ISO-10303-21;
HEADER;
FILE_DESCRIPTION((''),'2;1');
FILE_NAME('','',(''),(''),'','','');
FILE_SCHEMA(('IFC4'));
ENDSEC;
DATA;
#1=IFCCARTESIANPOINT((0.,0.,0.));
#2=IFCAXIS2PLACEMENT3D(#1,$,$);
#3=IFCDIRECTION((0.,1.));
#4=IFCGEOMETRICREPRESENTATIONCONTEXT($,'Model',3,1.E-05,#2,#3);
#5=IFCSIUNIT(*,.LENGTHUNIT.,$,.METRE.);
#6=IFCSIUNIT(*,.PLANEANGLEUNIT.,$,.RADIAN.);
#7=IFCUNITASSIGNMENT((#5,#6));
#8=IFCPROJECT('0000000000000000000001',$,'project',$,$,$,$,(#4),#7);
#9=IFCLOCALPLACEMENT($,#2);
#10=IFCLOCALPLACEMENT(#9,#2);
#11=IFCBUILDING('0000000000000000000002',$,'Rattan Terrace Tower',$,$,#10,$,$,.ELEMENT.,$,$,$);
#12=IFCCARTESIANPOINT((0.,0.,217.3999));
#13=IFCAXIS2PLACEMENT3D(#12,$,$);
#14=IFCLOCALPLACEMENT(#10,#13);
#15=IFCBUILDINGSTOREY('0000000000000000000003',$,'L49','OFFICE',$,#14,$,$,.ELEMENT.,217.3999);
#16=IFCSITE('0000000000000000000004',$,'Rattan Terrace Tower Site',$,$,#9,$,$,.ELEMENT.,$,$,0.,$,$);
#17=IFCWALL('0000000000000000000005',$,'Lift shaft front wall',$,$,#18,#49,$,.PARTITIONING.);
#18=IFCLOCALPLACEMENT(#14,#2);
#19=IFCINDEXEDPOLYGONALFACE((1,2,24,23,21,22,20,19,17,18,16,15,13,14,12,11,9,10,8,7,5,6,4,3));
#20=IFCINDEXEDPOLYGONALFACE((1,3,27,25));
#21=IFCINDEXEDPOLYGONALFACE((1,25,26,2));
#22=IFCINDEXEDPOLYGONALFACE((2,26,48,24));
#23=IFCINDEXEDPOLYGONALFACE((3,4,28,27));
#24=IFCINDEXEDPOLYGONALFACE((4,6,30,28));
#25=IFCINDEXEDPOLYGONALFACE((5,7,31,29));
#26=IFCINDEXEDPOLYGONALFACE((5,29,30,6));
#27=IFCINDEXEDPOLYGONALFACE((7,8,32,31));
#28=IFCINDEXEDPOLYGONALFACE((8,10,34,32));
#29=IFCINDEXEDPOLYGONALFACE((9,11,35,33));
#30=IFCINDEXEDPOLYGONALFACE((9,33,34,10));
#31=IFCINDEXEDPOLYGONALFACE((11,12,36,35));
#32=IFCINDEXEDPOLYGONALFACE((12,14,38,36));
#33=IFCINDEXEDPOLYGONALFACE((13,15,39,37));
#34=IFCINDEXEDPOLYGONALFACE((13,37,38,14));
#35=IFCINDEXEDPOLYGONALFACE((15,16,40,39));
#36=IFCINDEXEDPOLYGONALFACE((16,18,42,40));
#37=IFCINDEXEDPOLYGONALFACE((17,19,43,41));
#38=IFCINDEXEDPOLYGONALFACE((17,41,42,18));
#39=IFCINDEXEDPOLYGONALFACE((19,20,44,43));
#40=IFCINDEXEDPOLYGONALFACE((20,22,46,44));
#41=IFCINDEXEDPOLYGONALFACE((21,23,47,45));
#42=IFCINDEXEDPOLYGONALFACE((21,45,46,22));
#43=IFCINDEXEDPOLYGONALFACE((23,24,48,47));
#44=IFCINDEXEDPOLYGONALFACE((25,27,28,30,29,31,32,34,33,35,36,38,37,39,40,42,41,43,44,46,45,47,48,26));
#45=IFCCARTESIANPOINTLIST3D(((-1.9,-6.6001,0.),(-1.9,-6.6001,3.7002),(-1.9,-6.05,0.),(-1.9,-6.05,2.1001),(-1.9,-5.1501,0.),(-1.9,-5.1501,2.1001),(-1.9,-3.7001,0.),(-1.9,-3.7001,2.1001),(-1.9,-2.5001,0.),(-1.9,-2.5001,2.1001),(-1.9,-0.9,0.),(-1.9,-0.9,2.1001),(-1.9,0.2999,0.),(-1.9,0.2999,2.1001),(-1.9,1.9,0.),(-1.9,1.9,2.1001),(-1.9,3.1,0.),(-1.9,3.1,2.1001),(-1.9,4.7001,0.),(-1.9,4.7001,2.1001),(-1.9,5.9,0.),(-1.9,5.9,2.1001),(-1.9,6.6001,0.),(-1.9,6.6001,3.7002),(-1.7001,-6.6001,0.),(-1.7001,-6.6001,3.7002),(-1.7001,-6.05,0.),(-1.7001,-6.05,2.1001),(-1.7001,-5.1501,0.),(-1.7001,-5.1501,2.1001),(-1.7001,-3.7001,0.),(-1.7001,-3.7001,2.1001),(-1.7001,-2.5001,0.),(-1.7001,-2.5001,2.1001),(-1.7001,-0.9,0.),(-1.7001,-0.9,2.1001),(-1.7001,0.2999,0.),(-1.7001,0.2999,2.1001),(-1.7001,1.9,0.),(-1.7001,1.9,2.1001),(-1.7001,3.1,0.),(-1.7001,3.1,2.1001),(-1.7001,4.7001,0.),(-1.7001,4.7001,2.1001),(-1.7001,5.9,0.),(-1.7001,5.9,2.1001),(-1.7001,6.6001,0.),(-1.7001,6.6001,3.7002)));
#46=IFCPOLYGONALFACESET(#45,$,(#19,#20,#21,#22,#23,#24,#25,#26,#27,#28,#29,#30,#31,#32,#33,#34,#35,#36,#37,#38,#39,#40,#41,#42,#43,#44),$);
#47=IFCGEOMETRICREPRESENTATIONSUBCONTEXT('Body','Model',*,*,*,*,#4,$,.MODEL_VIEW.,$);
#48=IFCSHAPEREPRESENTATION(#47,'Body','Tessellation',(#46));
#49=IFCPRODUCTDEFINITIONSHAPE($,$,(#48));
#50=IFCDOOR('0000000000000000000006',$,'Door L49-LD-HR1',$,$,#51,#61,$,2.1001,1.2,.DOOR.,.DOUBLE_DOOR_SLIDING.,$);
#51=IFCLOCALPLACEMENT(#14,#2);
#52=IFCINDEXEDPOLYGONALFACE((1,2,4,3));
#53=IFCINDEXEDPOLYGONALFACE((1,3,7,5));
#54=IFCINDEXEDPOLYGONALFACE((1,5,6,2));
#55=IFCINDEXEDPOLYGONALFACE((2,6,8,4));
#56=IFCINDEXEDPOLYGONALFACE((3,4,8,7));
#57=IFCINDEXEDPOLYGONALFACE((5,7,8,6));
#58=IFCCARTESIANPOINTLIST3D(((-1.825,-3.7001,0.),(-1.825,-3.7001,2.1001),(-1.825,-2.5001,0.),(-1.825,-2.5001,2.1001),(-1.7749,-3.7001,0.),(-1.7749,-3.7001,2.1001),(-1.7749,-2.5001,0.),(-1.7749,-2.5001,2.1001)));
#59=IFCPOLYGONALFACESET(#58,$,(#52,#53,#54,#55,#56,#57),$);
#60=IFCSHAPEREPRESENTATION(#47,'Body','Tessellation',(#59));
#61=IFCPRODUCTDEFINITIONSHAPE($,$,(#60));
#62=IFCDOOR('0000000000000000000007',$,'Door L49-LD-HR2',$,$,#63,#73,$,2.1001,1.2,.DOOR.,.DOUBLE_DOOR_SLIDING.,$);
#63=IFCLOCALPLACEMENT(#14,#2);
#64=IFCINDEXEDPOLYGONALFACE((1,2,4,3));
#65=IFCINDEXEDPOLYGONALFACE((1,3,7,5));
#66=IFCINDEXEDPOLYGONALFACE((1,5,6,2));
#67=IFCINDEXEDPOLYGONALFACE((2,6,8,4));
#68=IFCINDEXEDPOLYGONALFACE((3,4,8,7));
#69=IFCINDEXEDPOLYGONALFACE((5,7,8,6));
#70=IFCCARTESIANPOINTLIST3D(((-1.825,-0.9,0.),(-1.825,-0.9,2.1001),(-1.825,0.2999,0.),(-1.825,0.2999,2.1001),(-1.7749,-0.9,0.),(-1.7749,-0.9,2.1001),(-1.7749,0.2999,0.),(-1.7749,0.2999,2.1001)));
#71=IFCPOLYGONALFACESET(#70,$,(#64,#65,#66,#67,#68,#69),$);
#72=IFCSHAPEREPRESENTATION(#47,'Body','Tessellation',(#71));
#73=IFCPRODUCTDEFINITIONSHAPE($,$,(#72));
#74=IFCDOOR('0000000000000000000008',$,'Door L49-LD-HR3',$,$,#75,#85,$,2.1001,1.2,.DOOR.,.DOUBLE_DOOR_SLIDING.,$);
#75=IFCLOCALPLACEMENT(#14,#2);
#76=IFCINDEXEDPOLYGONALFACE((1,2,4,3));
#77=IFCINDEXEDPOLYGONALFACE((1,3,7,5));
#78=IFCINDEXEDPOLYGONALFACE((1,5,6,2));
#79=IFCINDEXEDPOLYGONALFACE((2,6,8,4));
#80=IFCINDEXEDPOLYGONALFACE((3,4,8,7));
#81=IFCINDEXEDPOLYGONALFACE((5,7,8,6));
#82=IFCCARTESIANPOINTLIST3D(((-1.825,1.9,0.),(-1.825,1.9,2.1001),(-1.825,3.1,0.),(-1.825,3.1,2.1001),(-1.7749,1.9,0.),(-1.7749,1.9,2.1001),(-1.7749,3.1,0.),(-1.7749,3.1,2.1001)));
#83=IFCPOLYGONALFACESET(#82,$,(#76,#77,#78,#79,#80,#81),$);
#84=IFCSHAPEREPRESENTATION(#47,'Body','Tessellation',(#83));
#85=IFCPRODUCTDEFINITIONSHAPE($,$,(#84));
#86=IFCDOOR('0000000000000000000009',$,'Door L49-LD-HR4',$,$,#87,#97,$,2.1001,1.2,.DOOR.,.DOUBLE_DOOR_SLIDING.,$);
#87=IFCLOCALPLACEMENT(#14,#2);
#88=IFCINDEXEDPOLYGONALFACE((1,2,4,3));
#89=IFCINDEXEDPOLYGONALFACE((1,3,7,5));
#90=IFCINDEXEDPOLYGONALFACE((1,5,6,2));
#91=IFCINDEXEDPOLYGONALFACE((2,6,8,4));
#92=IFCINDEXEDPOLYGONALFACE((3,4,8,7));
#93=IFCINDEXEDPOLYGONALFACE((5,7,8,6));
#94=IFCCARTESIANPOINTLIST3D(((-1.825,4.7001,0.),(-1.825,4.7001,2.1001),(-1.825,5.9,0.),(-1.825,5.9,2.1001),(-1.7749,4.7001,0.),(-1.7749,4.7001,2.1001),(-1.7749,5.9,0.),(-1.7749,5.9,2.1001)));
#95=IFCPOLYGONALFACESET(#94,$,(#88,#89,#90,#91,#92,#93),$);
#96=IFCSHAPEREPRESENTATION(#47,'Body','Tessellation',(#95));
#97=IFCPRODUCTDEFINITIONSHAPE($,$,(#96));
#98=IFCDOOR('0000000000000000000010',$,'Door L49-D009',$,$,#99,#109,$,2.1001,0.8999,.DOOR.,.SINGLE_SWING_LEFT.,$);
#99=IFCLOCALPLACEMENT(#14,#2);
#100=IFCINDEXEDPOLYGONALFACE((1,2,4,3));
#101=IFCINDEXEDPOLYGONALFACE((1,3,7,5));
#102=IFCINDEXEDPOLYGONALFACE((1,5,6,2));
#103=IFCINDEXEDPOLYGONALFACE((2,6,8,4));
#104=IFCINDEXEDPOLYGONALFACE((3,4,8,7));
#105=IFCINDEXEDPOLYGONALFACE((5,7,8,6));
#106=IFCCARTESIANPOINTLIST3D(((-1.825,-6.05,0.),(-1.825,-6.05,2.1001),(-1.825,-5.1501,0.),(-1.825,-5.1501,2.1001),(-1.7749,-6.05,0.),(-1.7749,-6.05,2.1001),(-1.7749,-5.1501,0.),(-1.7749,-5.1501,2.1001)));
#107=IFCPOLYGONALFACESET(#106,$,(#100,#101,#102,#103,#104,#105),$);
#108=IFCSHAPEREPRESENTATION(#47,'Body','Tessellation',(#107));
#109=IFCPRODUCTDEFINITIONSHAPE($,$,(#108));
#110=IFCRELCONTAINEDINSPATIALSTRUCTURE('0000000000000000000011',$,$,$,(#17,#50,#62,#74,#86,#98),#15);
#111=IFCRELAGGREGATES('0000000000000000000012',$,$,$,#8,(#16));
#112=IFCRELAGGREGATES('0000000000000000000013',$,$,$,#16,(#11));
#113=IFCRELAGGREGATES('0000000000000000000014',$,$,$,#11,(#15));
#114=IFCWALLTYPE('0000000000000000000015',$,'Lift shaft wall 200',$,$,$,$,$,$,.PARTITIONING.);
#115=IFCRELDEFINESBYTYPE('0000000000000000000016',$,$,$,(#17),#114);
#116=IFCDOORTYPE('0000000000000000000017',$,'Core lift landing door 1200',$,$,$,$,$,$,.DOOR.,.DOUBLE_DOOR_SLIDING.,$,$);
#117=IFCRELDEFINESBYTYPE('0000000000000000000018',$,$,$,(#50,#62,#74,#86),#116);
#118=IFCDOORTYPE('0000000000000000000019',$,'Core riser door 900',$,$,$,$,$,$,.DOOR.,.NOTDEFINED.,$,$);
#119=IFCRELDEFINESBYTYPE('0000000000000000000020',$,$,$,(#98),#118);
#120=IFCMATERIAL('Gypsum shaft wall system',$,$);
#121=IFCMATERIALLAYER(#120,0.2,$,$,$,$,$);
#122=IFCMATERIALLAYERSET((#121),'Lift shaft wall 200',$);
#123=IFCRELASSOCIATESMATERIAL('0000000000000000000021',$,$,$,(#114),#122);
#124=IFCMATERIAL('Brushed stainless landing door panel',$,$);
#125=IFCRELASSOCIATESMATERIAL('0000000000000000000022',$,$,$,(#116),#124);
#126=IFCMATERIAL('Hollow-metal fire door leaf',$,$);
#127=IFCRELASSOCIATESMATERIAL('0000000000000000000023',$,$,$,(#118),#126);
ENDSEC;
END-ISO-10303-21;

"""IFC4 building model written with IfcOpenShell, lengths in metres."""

from ifc_helpers import new_model, si_unit, direction, frame, frame_2d, origin, place, context, subcontext, project, spatial, rectangle, extrude, material, layer, layer_set, type_object, element, fill, save


model = new_model("IFC4")

# Units and contexts
model_context = context("Model", 3, precision=1e-05, world=origin(), true_north=direction((0.0, 1.0)))
body_context = subcontext(model_context, "Body", "Model", "MODEL_VIEW")
ifc_project = project(units=[si_unit("LENGTHUNIT", "METRE"), si_unit("PLANEANGLEUNIT", "RADIAN")], contexts=[model_context])

# Site, building, storey
site_placement = place(None, origin())
site = spatial("IfcSite", under=ifc_project, at=site_placement, Name="Rattan Terrace Tower Site", CompositionType="ELEMENT", RefElevation=0.0)
building_placement = place(site_placement, origin())
building = spatial("IfcBuilding", under=site, at=building_placement, Name="Rattan Terrace Tower", CompositionType="ELEMENT")
storey_placement = place(building_placement, frame((0.0, 0.0, 217.3999)))
storey = spatial("IfcBuildingStorey", under=building, at=storey_placement, Name="L49", Description="OFFICE", CompositionType="ELEMENT", Elevation=217.3999)

# Wall, openings, doors
ifc_material_1 = material(Name="Gypsum shaft wall system")
ifc_layer_1 = layer(ifc_material_1, 0.2)
ifc_layer_set_1 = layer_set([ifc_layer_1], Name="Lift shaft wall 200")
wall_type_1 = type_object("IfcWallType", Name="Lift shaft wall 200", PredefinedType="PARTITIONING", material=ifc_layer_set_1)
wall_1_placement = place(storey_placement, frame((-1.8, -6.6001, 0.0), z_axis=(0.0, 0.0, 1.0), x_axis=(0.0, 1.0, 0.0)))
wall_1 = element("IfcWall", 1, at=wall_1_placement, inside=storey, type_object=wall_type_1, Name="Lift shaft front wall", PredefinedType="PARTITIONING", context=body_context, shape_type="SweptSolid", body=[
    extrude(rectangle(XDim=13.2002, YDim=0.2, at=frame_2d((6.6001, 0.0))), origin(), (0.0, 0.0, 1.0), 3.7002),
])
opening_1_placement = place(wall_1_placement, frame((0.55, 0.0, 0.0)))
opening_1 = element("IfcOpeningElement", 2, at=opening_1_placement, cuts=wall_1, PredefinedType="OPENING", context=body_context, shape_type="SweptSolid", body=[
    extrude(rectangle(XDim=0.8999, YDim=2.1001, at=frame_2d((0.45, 1.05))), frame((0.0, 0.1106, 0.0), z_axis=(0.0, -1.0, 0.0), x_axis=(1.0, 0.0, 0.0)), (0.0, 0.0, 1.0), 0.2209),
])
opening_2_placement = place(wall_1_placement, frame((2.8999, 0.0, 0.0)))
opening_2 = element("IfcOpeningElement", 3, at=opening_2_placement, cuts=wall_1, PredefinedType="OPENING", context=body_context, shape_type="SweptSolid", body=[
    extrude(rectangle(XDim=1.2, YDim=2.1001, at=frame_2d((0.6001, 1.05))), frame((0.0, 0.1106, 0.0), z_axis=(0.0, -1.0, 0.0), x_axis=(1.0, 0.0, 0.0)), (0.0, 0.0, 1.0), 0.2209),
])
opening_3_placement = place(wall_1_placement, frame((5.7, 0.0, 0.0)))
opening_3 = element("IfcOpeningElement", 4, at=opening_3_placement, cuts=wall_1, PredefinedType="OPENING", context=body_context, shape_type="SweptSolid", body=[
    extrude(rectangle(XDim=1.2, YDim=2.1001, at=frame_2d((0.6001, 1.05))), frame((0.0, 0.1106, 0.0), z_axis=(0.0, -1.0, 0.0), x_axis=(1.0, 0.0, 0.0)), (0.0, 0.0, 1.0), 0.2209),
])
opening_4_placement = place(wall_1_placement, frame((8.5, 0.0, 0.0)))
opening_4 = element("IfcOpeningElement", 5, at=opening_4_placement, cuts=wall_1, PredefinedType="OPENING", context=body_context, shape_type="SweptSolid", body=[
    extrude(rectangle(XDim=1.2, YDim=2.1001, at=frame_2d((0.6001, 1.05))), frame((0.0, 0.1106, 0.0), z_axis=(0.0, -1.0, 0.0), x_axis=(1.0, 0.0, 0.0)), (0.0, 0.0, 1.0), 0.2209),
])
opening_5_placement = place(wall_1_placement, frame((11.3, 0.0, 0.0)))
opening_5 = element("IfcOpeningElement", 6, at=opening_5_placement, cuts=wall_1, PredefinedType="OPENING", context=body_context, shape_type="SweptSolid", body=[
    extrude(rectangle(XDim=1.2, YDim=2.1001, at=frame_2d((0.6001, 1.05))), frame((0.0, 0.1106, 0.0), z_axis=(0.0, -1.0, 0.0), x_axis=(1.0, 0.0, 0.0)), (0.0, 0.0, 1.0), 0.2209),
])
ifc_material_2 = material(Name="Brushed stainless landing door panel")
door_type_1 = type_object("IfcDoorType", Name="Core lift landing door 1200", OperationType="DOUBLE_DOOR_SLIDING", PredefinedType="DOOR", material=ifc_material_2)
door_1_placement = place(opening_2_placement, origin())
door_1 = element("IfcDoor", 7, at=door_1_placement, inside=storey, type_object=door_type_1, Name="Door L49-LD-HR1", OperationType="DOUBLE_DOOR_SLIDING", OverallHeight=2.1001, OverallWidth=1.2, PredefinedType="DOOR", context=body_context, shape_type="SweptSolid", body=[
    extrude(rectangle(XDim=1.2, YDim=2.1001, at=frame_2d((0.6001, 1.05))), frame((0.0, 0.0249, 0.0), z_axis=(0.0, -1.0, 0.0), x_axis=(1.0, 0.0, 0.0)), (0.0, 0.0, 1.0), 0.05),
])
fill(opening_2, door_1)
door_2_placement = place(opening_3_placement, origin())
door_2 = element("IfcDoor", 8, at=door_2_placement, inside=storey, type_object=door_type_1, Name="Door L49-LD-HR2", OperationType="DOUBLE_DOOR_SLIDING", OverallHeight=2.1001, OverallWidth=1.2, PredefinedType="DOOR", context=body_context, shape_type="SweptSolid", body=[
    extrude(rectangle(XDim=1.2, YDim=2.1001, at=frame_2d((0.6001, 1.05))), frame((0.0, 0.0249, 0.0), z_axis=(0.0, -1.0, 0.0), x_axis=(1.0, 0.0, 0.0)), (0.0, 0.0, 1.0), 0.05),
])
fill(opening_3, door_2)
door_3_placement = place(opening_4_placement, origin())
door_3 = element("IfcDoor", 9, at=door_3_placement, inside=storey, type_object=door_type_1, Name="Door L49-LD-HR3", OperationType="DOUBLE_DOOR_SLIDING", OverallHeight=2.1001, OverallWidth=1.2, PredefinedType="DOOR", context=body_context, shape_type="SweptSolid", body=[
    extrude(rectangle(XDim=1.2, YDim=2.1001, at=frame_2d((0.6001, 1.05))), frame((0.0, 0.0249, 0.0), z_axis=(0.0, -1.0, 0.0), x_axis=(1.0, 0.0, 0.0)), (0.0, 0.0, 1.0), 0.05),
])
fill(opening_4, door_3)
door_4_placement = place(opening_5_placement, origin())
door_4 = element("IfcDoor", 10, at=door_4_placement, inside=storey, type_object=door_type_1, Name="Door L49-LD-HR4", OperationType="DOUBLE_DOOR_SLIDING", OverallHeight=2.1001, OverallWidth=1.2, PredefinedType="DOOR", context=body_context, shape_type="SweptSolid", body=[
    extrude(rectangle(XDim=1.2, YDim=2.1001, at=frame_2d((0.6001, 1.05))), frame((0.0, 0.0249, 0.0), z_axis=(0.0, -1.0, 0.0), x_axis=(1.0, 0.0, 0.0)), (0.0, 0.0, 1.0), 0.05),
])
fill(opening_5, door_4)
ifc_material_3 = material(Name="Hollow-metal fire door leaf")
door_type_2 = type_object("IfcDoorType", Name="Core riser door 900", OperationType="NOTDEFINED", PredefinedType="DOOR", material=ifc_material_3)
door_5_placement = place(opening_1_placement, origin())
door_5 = element("IfcDoor", 11, at=door_5_placement, inside=storey, type_object=door_type_2, Name="Door L49-D009", OperationType="SINGLE_SWING_LEFT", OverallHeight=2.1001, OverallWidth=0.8999, PredefinedType="DOOR", context=body_context, shape_type="SweptSolid", body=[
    extrude(rectangle(XDim=0.8999, YDim=2.1001, at=frame_2d((0.45, 1.05))), frame((0.0, 0.0249, 0.0), z_axis=(0.0, -1.0, 0.0), x_axis=(1.0, 0.0, 0.0)), (0.0, 0.0, 1.0), 0.05),
])
fill(opening_1, door_5)

save(model, "model.ifc")
